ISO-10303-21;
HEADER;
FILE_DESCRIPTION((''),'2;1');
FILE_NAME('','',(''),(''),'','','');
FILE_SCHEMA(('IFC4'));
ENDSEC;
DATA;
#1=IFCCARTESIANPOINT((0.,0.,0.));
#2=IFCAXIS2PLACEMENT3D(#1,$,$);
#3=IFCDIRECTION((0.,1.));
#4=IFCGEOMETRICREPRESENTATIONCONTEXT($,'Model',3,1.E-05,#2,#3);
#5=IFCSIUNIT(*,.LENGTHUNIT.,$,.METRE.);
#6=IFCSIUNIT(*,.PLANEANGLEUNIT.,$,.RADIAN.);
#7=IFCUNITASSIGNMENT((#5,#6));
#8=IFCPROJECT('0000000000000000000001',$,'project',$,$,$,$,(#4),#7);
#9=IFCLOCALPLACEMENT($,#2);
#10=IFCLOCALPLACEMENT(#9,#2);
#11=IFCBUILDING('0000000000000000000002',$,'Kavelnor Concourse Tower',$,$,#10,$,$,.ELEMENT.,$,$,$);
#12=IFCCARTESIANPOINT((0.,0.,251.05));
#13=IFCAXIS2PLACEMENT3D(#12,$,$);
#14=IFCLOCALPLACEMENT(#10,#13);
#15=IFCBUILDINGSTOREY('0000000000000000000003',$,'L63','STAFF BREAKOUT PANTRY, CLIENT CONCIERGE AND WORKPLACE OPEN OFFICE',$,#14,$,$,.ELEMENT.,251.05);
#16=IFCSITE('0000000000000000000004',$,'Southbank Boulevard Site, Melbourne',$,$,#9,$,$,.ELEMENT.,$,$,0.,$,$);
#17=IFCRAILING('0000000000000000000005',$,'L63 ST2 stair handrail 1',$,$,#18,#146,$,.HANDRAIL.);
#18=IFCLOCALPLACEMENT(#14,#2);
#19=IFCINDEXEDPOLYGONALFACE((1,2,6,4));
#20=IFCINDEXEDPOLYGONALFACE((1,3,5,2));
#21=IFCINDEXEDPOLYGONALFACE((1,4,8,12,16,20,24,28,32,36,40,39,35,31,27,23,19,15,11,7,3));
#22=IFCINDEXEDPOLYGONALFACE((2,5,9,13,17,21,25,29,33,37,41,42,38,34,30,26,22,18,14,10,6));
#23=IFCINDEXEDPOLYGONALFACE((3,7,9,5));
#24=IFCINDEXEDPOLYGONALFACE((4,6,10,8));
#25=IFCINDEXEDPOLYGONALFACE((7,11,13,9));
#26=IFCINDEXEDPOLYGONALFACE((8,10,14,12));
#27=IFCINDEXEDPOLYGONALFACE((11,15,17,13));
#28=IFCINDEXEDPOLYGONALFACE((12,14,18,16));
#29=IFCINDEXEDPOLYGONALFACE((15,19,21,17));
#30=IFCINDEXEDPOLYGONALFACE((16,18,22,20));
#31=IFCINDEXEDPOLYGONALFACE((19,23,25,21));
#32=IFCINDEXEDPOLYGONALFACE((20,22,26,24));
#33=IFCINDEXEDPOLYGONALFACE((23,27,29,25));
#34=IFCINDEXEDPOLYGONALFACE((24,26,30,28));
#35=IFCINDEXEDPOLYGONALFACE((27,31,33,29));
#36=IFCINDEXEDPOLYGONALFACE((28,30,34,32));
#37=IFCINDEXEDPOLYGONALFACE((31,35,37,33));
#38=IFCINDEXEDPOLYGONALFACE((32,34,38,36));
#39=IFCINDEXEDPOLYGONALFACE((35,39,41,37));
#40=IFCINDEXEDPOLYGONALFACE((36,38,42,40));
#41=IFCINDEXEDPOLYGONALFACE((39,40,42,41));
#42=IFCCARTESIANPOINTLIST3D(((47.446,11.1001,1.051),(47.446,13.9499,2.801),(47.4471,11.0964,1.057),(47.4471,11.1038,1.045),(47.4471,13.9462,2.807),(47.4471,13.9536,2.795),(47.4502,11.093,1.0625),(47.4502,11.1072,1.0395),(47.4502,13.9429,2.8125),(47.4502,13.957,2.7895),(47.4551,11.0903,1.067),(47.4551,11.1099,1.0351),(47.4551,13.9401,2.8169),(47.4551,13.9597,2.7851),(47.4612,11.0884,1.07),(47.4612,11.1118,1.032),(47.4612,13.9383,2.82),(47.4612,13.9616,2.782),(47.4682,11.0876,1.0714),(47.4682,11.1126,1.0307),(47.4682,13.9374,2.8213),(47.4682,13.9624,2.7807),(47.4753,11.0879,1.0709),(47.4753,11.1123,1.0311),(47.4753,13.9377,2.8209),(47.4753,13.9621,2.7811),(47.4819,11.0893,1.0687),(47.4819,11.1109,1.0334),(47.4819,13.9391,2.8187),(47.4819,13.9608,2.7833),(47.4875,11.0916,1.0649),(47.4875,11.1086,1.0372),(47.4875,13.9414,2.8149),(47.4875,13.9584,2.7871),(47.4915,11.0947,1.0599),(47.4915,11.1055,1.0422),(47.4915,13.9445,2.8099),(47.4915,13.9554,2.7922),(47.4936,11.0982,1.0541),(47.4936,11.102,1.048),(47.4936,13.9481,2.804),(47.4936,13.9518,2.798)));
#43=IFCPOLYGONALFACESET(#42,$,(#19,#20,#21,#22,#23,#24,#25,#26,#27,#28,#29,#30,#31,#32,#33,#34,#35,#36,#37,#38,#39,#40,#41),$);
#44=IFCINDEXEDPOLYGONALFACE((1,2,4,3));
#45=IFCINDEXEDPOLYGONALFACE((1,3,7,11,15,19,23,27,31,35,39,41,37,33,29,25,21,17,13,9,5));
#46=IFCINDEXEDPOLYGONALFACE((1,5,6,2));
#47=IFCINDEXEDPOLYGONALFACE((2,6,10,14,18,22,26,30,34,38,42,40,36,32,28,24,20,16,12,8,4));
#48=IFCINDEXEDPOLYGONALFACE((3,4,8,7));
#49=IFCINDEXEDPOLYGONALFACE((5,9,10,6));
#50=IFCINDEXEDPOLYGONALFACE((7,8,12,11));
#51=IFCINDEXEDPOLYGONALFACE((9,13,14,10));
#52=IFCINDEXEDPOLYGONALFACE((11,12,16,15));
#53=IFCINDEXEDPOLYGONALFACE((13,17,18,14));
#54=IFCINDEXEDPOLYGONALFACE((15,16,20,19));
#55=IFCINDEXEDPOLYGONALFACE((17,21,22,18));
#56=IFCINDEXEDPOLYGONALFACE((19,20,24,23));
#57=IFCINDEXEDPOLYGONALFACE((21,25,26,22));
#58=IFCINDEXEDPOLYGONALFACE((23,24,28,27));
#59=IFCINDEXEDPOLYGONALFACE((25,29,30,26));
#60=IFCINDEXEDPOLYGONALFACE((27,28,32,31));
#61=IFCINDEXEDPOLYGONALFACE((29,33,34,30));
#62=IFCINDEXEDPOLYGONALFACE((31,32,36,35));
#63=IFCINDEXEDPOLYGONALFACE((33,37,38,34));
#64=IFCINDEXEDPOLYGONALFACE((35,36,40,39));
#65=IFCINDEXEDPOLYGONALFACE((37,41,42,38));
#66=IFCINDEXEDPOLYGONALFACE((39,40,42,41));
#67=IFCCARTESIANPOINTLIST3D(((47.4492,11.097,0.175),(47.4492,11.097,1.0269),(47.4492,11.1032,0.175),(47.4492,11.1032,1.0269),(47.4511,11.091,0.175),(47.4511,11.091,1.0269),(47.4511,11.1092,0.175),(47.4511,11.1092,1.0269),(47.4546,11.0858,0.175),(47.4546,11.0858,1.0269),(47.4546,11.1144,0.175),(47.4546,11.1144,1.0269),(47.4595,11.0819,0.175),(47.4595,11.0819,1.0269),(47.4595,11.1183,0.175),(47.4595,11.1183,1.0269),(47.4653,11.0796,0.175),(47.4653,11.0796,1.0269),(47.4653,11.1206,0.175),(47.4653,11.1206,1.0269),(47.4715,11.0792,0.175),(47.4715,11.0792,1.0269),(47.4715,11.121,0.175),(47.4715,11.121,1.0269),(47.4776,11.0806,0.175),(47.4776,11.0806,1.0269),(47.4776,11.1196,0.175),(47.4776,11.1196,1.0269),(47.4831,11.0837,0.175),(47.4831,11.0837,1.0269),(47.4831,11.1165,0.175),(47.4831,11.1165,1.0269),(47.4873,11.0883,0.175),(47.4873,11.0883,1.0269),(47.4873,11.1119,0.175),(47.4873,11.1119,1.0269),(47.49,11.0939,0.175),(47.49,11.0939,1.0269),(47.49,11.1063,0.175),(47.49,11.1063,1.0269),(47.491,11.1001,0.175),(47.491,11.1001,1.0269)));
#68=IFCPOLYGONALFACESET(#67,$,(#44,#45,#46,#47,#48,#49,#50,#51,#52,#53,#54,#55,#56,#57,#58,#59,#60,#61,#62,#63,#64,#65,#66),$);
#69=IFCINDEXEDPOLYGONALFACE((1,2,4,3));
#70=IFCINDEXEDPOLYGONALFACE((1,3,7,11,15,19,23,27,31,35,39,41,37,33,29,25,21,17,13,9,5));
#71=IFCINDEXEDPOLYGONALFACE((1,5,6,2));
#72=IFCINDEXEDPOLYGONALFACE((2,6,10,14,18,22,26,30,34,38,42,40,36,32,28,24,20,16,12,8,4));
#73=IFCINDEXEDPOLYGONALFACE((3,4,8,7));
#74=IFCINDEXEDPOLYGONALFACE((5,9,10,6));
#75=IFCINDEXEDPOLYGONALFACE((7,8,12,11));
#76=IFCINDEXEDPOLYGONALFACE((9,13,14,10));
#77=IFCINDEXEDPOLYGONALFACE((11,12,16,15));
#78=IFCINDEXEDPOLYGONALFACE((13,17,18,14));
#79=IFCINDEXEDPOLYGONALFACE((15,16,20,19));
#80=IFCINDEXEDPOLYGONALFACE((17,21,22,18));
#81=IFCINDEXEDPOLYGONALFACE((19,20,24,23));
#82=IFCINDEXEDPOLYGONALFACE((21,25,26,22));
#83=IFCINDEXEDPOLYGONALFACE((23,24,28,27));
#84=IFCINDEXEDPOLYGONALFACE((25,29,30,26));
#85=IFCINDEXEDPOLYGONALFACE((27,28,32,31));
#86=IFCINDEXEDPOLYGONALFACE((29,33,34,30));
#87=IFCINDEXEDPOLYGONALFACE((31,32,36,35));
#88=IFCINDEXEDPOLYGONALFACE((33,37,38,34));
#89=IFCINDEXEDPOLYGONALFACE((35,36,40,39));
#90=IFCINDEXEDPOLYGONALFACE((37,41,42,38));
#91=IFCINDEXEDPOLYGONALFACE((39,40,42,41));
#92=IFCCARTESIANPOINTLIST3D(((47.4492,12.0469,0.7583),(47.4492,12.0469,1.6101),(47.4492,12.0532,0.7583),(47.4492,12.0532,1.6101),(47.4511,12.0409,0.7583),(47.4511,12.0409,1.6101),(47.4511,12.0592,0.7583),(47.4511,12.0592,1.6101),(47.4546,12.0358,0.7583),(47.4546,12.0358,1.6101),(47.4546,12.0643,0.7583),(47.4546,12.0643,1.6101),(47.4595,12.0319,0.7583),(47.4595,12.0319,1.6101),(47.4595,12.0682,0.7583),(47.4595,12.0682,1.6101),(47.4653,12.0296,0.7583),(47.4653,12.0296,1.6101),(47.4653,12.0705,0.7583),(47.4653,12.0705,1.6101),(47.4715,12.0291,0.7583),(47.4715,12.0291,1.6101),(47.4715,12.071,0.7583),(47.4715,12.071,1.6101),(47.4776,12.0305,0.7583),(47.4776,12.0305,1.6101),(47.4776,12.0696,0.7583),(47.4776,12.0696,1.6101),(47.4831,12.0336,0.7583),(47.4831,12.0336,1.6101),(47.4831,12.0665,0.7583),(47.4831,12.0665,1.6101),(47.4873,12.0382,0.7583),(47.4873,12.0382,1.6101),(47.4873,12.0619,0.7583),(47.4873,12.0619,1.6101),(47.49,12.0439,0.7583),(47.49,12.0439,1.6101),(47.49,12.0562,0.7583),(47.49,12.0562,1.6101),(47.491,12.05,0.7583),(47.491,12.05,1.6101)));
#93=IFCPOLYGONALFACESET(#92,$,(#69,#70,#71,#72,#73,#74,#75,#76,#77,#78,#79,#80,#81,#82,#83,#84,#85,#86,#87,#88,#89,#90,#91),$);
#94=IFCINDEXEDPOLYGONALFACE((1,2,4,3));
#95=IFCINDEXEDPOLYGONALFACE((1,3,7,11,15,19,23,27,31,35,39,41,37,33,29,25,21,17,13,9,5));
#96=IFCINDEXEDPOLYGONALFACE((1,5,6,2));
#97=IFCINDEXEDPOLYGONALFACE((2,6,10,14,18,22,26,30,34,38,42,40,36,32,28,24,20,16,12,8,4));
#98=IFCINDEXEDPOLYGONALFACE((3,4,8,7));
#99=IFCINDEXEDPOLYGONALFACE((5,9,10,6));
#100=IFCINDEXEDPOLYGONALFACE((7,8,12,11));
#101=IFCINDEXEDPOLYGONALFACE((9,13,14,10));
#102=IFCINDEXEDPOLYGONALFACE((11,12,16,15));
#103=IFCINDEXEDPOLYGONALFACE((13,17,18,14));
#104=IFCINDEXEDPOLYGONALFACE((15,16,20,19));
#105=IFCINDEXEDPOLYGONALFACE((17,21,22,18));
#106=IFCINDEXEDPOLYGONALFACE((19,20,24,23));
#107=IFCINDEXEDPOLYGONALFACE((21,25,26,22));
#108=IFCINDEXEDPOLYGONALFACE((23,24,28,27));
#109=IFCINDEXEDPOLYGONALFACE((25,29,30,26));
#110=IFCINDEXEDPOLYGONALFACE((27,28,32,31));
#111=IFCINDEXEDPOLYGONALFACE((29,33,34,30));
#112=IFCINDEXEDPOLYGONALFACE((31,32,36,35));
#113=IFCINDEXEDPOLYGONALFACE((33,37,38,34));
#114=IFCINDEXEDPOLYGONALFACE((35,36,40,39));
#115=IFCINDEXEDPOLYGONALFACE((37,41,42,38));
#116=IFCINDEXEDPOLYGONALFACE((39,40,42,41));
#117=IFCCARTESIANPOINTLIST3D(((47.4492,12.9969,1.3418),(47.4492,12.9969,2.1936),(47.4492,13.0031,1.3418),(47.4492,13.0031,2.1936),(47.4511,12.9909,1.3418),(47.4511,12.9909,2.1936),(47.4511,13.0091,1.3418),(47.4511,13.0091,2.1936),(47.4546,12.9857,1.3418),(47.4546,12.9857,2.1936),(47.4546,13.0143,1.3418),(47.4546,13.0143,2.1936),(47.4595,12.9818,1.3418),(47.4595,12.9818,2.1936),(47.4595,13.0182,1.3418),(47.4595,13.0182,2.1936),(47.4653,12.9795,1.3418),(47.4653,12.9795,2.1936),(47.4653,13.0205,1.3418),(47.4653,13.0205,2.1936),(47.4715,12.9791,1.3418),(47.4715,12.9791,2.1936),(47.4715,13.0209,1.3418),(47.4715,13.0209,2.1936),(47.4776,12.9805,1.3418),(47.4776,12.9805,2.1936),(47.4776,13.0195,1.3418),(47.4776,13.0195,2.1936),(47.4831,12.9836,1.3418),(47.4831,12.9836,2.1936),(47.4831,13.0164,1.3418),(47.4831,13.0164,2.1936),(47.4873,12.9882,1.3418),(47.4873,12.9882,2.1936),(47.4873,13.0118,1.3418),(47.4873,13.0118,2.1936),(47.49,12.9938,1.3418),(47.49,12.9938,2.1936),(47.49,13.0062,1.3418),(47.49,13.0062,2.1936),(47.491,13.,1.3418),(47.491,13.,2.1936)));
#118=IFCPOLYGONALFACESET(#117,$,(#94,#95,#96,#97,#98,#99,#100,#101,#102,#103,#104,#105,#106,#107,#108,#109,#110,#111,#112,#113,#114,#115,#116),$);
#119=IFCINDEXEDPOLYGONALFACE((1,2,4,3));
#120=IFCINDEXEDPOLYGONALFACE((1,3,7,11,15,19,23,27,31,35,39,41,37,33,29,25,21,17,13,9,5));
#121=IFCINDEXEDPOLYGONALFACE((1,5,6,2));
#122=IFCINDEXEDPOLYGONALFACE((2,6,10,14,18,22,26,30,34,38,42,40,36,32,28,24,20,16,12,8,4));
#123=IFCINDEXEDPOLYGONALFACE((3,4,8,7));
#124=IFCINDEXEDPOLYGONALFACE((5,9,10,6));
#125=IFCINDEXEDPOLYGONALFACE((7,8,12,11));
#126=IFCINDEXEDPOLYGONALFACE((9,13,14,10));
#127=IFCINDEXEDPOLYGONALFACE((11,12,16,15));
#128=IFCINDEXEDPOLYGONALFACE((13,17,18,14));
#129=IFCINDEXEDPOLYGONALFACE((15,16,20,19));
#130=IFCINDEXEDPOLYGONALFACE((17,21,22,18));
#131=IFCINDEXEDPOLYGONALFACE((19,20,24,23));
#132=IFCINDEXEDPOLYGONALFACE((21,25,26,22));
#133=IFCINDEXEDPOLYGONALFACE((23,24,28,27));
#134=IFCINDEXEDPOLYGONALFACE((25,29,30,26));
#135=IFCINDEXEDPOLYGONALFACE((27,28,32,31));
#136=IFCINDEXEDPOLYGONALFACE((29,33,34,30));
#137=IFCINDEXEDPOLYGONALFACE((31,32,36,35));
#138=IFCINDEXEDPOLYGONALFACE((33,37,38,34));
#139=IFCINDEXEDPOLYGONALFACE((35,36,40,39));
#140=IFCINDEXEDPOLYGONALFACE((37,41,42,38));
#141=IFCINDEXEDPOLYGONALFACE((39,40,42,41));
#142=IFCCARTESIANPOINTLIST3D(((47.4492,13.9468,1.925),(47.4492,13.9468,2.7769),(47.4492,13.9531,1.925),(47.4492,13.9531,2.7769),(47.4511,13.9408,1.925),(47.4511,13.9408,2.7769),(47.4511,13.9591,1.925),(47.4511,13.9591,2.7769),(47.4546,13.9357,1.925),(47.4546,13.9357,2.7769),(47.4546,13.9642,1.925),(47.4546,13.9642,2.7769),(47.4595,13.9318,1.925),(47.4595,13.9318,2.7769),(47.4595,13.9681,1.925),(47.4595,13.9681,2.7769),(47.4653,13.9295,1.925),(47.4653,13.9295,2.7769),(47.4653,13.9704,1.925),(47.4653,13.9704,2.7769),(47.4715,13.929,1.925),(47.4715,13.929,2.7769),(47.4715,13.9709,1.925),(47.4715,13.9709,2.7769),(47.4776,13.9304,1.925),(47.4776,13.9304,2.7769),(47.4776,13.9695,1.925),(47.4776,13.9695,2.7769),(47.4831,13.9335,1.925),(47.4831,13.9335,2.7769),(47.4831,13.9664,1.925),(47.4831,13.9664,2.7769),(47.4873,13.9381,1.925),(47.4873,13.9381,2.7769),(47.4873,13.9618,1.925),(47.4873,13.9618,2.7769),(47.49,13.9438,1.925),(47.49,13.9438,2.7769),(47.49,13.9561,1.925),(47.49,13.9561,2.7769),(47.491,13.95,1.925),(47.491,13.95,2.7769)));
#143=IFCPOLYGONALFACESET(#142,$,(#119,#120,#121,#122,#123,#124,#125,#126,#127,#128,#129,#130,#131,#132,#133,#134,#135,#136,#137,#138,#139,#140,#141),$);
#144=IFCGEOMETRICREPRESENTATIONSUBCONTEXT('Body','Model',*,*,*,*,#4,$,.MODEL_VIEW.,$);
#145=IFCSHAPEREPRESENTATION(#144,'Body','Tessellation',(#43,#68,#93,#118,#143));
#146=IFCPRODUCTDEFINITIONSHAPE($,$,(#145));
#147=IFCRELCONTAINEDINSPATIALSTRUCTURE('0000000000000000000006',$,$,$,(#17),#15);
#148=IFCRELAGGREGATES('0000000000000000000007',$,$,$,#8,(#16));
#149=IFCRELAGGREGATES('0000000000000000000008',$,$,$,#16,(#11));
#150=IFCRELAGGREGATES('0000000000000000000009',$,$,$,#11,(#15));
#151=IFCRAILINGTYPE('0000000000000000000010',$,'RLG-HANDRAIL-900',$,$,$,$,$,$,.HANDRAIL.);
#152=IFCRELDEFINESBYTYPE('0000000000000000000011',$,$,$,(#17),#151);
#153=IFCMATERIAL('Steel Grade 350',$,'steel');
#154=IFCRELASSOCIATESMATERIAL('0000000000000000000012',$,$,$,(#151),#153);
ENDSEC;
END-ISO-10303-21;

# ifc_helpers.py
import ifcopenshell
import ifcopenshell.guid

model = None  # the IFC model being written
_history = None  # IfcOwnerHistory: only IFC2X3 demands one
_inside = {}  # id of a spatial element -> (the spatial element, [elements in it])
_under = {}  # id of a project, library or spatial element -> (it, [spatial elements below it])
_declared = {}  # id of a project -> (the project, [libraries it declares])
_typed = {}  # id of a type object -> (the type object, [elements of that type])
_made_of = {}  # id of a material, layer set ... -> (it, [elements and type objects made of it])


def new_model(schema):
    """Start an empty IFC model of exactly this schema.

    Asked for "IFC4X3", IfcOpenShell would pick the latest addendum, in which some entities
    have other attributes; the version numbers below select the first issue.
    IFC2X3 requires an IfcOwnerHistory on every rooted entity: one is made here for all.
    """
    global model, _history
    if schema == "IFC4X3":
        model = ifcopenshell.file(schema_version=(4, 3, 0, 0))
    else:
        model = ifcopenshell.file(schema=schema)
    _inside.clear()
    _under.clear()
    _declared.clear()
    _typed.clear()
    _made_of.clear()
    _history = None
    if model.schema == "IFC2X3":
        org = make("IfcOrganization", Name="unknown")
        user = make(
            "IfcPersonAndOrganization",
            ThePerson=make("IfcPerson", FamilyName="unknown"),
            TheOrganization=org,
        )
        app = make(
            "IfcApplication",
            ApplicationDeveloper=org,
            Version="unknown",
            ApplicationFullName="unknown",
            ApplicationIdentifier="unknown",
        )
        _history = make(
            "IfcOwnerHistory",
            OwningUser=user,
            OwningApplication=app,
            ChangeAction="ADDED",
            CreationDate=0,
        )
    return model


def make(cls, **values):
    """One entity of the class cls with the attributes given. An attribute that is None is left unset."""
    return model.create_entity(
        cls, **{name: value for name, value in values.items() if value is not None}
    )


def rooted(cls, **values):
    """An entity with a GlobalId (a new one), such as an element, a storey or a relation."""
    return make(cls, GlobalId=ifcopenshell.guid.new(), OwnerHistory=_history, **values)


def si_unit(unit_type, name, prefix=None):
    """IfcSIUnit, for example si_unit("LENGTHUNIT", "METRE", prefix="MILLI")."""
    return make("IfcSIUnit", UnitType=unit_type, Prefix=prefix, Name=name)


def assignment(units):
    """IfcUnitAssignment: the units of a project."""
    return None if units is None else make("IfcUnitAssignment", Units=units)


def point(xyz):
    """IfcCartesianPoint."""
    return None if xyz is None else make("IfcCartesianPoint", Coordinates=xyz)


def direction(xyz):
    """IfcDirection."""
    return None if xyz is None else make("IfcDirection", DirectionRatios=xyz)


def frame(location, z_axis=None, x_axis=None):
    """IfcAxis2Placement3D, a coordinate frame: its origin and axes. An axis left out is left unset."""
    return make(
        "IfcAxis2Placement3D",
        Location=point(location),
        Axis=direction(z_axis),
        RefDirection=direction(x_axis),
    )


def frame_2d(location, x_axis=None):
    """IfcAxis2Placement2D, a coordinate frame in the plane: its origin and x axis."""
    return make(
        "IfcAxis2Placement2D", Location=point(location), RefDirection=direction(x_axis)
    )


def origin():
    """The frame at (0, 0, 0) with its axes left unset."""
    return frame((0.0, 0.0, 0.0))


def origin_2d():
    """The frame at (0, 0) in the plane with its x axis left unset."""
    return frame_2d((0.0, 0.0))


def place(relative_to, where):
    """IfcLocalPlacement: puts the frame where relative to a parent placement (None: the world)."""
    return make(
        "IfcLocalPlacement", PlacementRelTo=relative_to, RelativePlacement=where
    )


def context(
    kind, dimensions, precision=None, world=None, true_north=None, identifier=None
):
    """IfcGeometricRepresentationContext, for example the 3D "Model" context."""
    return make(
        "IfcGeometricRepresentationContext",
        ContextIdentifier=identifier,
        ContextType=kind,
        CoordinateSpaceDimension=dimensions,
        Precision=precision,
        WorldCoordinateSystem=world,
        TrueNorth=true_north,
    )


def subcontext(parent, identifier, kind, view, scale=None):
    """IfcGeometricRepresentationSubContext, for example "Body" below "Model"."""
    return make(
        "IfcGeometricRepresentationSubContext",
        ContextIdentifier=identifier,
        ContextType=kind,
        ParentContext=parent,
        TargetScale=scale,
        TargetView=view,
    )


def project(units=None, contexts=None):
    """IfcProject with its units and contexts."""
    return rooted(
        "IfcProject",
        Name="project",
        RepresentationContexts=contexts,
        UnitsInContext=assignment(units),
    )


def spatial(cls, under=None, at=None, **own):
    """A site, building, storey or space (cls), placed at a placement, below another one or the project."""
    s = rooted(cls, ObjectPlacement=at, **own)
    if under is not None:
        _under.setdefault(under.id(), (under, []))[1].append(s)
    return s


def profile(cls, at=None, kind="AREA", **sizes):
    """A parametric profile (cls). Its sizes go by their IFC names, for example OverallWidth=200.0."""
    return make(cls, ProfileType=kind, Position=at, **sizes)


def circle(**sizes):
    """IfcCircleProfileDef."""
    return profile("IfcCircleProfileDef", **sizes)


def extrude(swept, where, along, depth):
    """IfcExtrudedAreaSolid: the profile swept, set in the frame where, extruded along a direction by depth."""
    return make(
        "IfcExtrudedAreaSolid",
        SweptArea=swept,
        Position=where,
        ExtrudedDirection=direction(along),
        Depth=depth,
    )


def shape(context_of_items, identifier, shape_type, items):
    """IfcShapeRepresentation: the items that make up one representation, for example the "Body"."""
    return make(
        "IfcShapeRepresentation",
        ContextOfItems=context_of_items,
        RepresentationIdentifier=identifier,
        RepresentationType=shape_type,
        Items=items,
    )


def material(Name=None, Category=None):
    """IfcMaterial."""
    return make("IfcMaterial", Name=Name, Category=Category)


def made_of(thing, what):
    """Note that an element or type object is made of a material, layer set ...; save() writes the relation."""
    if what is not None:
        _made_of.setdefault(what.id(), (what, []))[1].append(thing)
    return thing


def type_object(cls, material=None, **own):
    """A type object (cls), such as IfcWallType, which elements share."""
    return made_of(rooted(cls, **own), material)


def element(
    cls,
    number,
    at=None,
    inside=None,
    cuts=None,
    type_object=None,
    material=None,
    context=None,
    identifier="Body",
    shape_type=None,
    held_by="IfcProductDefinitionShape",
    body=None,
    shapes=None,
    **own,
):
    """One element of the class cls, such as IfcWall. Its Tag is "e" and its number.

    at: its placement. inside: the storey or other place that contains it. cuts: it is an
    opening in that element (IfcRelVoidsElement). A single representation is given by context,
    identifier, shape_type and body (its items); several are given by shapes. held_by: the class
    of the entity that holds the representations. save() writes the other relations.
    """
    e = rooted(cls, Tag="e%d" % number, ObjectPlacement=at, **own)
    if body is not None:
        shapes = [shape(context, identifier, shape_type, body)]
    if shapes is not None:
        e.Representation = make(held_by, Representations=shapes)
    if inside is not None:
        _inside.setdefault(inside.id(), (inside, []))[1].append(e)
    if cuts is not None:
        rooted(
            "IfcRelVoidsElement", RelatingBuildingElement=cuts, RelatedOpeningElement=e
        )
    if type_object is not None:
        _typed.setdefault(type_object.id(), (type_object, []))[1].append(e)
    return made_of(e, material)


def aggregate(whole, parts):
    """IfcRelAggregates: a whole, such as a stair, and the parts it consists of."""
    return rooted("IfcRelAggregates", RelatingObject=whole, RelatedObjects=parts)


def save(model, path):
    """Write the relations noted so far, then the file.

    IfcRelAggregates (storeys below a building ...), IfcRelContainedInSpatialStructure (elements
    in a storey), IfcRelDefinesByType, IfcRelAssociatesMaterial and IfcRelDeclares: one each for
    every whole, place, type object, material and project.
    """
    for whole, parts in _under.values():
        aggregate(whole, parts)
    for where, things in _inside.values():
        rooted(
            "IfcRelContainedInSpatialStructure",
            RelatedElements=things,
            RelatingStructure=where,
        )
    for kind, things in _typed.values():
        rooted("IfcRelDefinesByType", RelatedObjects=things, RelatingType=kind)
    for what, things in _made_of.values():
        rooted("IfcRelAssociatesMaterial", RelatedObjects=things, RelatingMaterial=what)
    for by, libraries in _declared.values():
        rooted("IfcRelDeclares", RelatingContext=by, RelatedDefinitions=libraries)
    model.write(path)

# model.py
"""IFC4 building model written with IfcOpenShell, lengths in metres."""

from ifc_helpers import new_model, si_unit, direction, frame, origin, origin_2d, place, context, subcontext, project, spatial, circle, extrude, material, type_object, element, save


model = new_model("IFC4")

# Units and contexts
model_context = context("Model", 3, precision=1e-05, world=origin(), true_north=direction((0.0, 1.0)))
body_context = subcontext(model_context, "Body", "Model", "MODEL_VIEW")
ifc_project = project(units=[si_unit("LENGTHUNIT", "METRE"), si_unit("PLANEANGLEUNIT", "RADIAN")], contexts=[model_context])

# Site, building, storey
site_placement = place(None, origin())
site = spatial("IfcSite", under=ifc_project, at=site_placement, Name="Southbank Boulevard Site, Melbourne", CompositionType="ELEMENT", RefElevation=0.0)
building_placement = place(site_placement, origin())
building = spatial("IfcBuilding", under=site, at=building_placement, Name="Kavelnor Concourse Tower", CompositionType="ELEMENT")
storey_placement = place(building_placement, frame((0.0, 0.0, 251.05)))
storey = spatial("IfcBuildingStorey", under=building, at=storey_placement, Name="L63", Description="STAFF BREAKOUT PANTRY, CLIENT CONCIERGE AND WORKPLACE OPEN OFFICE", CompositionType="ELEMENT", Elevation=251.05)

# Shared definitions
ifc_material_1 = material(Name="Steel Grade 350", Category="steel")

# Railing
railing_type_1 = type_object("IfcRailingType", Name="RLG-HANDRAIL-900", PredefinedType="HANDRAIL", material=ifc_material_1)
railing_1_placement = place(storey_placement, frame((47.47, 11.1001, 0.175)))
element("IfcRailing", 1, at=railing_1_placement, inside=storey, type_object=railing_type_1, Name="L63 ST2 stair handrail 1", PredefinedType="HANDRAIL", context=body_context, shape_type="SweptSolid", body=[
    extrude(circle(Radius=0.0239, at=origin_2d()), frame((0.0, 0.0, 0.876), z_axis=(0.0, 0.852159, 0.523283), x_axis=(-1.0, 0.0, 0.0)), (0.0, 0.0, 1.0), 3.3442),
    extrude(circle(Radius=0.021, at=origin_2d()), origin(), (0.0, 0.0, 1.0), 0.8518),
    extrude(circle(Radius=0.021, at=origin_2d()), frame((0.0, 0.95, 0.5833)), (0.0, 0.0, 1.0), 0.8518),
    extrude(circle(Radius=0.021, at=origin_2d()), frame((0.0, 1.8999, 1.1667)), (0.0, 0.0, 1.0), 0.8518),
    extrude(circle(Radius=0.021, at=origin_2d()), frame((0.0, 2.8499, 1.75)), (0.0, 0.0, 1.0), 0.8518),
])

save(model, "model.ifc")
